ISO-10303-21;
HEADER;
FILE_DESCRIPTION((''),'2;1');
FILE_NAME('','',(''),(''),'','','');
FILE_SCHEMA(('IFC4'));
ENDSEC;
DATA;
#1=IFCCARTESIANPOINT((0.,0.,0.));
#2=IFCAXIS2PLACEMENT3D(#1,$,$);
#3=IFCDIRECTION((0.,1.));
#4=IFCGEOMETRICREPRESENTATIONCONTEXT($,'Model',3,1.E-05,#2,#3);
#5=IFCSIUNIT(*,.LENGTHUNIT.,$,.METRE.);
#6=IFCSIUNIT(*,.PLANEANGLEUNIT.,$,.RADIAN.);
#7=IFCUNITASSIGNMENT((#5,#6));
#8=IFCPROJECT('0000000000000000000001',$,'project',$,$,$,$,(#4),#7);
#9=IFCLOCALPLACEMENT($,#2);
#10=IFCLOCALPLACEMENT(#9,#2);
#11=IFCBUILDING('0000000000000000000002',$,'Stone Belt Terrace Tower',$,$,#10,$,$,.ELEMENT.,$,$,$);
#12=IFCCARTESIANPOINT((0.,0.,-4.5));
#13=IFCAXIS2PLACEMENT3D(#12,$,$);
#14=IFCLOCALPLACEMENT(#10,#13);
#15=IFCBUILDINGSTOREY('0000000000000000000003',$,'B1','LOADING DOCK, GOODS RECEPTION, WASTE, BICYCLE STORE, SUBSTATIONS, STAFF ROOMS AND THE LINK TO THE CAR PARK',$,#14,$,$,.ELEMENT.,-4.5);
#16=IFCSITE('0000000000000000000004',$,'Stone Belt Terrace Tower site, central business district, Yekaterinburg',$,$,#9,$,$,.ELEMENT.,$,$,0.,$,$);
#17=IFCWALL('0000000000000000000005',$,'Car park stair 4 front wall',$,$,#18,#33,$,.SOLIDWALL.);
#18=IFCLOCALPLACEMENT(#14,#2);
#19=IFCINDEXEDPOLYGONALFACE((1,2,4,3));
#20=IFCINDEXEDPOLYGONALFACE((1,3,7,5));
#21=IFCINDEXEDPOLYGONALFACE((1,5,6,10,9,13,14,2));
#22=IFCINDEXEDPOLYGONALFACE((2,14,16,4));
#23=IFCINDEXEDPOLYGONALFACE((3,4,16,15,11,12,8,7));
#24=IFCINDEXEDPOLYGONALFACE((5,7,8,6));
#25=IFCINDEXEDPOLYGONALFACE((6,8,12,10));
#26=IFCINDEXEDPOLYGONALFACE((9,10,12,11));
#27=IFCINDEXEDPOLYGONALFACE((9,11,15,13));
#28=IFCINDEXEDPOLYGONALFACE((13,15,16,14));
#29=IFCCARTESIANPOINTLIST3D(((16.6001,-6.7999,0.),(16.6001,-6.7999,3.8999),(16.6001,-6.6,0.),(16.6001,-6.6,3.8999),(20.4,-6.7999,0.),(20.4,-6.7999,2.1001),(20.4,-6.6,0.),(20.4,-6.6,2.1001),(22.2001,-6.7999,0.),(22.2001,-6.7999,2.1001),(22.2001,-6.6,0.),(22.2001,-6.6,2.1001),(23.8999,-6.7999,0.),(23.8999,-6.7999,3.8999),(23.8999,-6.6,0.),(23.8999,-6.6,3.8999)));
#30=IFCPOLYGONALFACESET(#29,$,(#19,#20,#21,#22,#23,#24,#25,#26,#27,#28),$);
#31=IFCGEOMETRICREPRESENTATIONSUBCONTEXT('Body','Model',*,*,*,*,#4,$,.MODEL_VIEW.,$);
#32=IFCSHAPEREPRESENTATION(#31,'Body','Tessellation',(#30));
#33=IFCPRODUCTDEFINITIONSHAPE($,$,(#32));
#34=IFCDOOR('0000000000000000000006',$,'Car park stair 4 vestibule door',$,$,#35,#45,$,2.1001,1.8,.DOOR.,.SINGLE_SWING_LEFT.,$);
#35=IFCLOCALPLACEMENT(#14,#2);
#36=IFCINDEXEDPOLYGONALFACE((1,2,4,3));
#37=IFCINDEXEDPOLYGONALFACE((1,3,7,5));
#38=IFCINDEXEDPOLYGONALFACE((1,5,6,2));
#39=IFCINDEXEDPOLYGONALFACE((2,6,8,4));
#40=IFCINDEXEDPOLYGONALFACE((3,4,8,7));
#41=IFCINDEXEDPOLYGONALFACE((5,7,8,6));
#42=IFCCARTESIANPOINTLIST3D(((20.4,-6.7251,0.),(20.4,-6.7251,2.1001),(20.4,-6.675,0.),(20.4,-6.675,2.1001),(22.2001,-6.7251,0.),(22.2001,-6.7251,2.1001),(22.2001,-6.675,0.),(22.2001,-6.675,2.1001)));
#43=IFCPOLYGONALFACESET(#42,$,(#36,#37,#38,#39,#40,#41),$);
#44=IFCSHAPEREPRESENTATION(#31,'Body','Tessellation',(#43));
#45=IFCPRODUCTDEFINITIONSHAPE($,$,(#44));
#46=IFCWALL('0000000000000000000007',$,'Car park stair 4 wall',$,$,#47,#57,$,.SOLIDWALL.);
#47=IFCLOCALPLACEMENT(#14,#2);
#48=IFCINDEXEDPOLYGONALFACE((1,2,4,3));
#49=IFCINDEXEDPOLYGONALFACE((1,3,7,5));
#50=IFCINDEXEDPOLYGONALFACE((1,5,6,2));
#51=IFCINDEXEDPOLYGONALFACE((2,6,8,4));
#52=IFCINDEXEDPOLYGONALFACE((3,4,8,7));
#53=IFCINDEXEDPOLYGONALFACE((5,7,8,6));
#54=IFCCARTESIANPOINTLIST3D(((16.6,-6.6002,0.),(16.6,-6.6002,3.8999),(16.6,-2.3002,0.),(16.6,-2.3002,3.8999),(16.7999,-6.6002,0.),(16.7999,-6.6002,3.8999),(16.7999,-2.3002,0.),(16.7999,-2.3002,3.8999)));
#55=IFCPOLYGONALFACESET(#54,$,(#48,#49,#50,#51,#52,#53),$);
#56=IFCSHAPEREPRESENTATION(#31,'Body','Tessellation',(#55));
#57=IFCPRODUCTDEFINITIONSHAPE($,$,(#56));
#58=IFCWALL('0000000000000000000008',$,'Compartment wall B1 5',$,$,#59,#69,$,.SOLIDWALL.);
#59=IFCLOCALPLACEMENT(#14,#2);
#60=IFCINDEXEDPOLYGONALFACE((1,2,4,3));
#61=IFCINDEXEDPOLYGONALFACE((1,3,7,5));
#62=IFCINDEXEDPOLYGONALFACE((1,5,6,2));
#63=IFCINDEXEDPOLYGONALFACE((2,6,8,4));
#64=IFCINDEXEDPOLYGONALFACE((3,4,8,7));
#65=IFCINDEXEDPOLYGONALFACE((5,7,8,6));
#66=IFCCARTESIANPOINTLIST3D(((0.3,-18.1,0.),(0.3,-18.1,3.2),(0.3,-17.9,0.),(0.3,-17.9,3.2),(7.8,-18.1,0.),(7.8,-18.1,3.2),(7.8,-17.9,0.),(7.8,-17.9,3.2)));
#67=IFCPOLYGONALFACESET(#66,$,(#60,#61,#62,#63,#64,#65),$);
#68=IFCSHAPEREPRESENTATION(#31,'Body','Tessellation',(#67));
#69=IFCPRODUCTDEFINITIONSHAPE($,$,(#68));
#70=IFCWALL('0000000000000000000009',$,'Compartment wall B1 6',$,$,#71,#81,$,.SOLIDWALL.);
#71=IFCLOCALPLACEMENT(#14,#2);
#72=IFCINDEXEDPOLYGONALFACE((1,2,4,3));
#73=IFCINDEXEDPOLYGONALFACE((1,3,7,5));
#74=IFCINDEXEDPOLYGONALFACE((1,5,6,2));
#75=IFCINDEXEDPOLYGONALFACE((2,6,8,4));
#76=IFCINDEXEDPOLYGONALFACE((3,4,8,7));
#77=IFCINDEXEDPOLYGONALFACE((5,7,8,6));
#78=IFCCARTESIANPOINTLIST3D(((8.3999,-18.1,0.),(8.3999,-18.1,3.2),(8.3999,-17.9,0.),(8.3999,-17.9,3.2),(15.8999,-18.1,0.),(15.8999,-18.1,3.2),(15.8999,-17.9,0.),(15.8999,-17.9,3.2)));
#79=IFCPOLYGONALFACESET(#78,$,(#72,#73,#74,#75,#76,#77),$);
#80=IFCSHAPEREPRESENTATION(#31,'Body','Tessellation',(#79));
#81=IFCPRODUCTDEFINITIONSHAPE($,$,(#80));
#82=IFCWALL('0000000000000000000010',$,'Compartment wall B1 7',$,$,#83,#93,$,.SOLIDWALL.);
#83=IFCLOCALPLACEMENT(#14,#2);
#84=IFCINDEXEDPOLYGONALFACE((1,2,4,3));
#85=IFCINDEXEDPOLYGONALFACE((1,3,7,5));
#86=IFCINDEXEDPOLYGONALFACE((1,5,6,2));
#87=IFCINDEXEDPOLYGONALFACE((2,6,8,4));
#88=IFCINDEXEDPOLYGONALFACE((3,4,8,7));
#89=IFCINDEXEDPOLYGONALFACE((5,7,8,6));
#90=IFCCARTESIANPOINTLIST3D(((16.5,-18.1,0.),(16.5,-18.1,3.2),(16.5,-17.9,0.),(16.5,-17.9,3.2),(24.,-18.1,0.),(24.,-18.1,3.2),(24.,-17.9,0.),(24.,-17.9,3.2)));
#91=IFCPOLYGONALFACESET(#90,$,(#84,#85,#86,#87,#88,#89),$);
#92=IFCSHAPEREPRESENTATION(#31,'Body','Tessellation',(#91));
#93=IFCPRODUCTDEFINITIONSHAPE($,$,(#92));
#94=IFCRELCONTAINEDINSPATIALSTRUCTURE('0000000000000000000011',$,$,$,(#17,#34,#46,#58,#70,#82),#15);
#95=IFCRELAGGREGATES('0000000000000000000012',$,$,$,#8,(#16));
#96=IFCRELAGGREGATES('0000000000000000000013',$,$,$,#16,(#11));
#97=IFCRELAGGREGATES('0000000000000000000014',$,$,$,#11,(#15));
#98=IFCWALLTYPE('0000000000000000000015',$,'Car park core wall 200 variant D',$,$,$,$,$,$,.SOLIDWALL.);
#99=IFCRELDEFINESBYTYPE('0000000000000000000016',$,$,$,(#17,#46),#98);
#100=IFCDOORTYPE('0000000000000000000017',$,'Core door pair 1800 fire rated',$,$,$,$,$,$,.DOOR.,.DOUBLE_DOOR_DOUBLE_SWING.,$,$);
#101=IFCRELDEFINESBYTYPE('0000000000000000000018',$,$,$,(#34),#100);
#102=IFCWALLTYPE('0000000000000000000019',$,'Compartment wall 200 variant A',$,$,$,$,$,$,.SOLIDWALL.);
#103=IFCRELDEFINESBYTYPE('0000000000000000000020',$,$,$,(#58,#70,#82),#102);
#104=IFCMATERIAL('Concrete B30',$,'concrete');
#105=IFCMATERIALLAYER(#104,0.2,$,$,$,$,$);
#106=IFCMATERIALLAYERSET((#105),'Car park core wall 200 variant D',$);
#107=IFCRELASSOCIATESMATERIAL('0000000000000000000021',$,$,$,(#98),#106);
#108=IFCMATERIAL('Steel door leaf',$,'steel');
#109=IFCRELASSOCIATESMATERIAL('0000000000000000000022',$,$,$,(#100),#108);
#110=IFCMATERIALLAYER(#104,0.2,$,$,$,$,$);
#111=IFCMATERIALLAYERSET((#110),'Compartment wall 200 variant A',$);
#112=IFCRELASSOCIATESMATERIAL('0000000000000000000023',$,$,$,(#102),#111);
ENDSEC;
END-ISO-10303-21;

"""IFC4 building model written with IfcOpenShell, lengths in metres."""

from ifc_helpers import new_model, si_unit, direction, frame, frame_2d, origin, place, context, subcontext, project, spatial, rectangle, extrude, material, layer, layer_set, type_object, element, fill, save


model = new_model("IFC4")

# Units and contexts
model_context = context("Model", 3, precision=1e-05, world=origin(), true_north=direction((0.0, 1.0)))
body_context = subcontext(model_context, "Body", "Model", "MODEL_VIEW")
ifc_project = project(units=[si_unit("LENGTHUNIT", "METRE"), si_unit("PLANEANGLEUNIT", "RADIAN")], contexts=[model_context])

# Site, building, storey
site_placement = place(None, origin())
site = spatial("IfcSite", under=ifc_project, at=site_placement, Name="Stone Belt Terrace Tower site, central business district, Yekaterinburg", CompositionType="ELEMENT", RefElevation=0.0)
building_placement = place(site_placement, origin())
building = spatial("IfcBuilding", under=site, at=building_placement, Name="Stone Belt Terrace Tower", CompositionType="ELEMENT")
storey_placement = place(building_placement, frame((0.0, 0.0, -4.5)))
storey = spatial("IfcBuildingStorey", under=building, at=storey_placement, Name="B1", Description="LOADING DOCK, GOODS RECEPTION, WASTE, BICYCLE STORE, SUBSTATIONS, STAFF ROOMS AND THE LINK TO THE CAR PARK", CompositionType="ELEMENT", Elevation=-4.5)

# Wall, opening, door
ifc_material_1 = material(Name="Concrete B30", Category="concrete")
ifc_layer_1 = layer(ifc_material_1, 0.2)
ifc_layer_set_1 = layer_set([ifc_layer_1], Name="Car park core wall 200 variant D")
wall_type_1 = type_object("IfcWallType", Name="Car park core wall 200 variant D", PredefinedType="SOLIDWALL", material=ifc_layer_set_1)
wall_1_placement = place(storey_placement, frame((16.6001, -6.7, 0.0), z_axis=(0.0, 0.0, 1.0), x_axis=(1.0, 0.0, 0.0)))
wall_1 = element("IfcWall", 1, at=wall_1_placement, inside=storey, type_object=wall_type_1, Name="Car park stair 4 front wall", PredefinedType="SOLIDWALL", context=body_context, shape_type="SweptSolid", body=[
    extrude(rectangle(XDim=7.2998, YDim=0.2, at=frame_2d((3.6499, 0.0))), origin(), (0.0, 0.0, 1.0), 3.8999),
])
opening_placement = place(wall_1_placement, frame((3.8, 0.0, 0.0)))
opening = element("IfcOpeningElement", 2, at=opening_placement, cuts=wall_1, PredefinedType="OPENING", context=body_context, shape_type="SweptSolid", body=[
    extrude(rectangle(XDim=1.8, YDim=2.1001, at=frame_2d((0.8999, 1.05))), frame((0.0, 0.1099, 0.0), z_axis=(0.0, -1.0, 0.0), x_axis=(1.0, 0.0, 0.0)), (0.0, 0.0, 1.0), 0.22),
])
ifc_material_2 = material(Name="Steel door leaf", Category="steel")
door_type = type_object("IfcDoorType", Name="Core door pair 1800 fire rated", OperationType="DOUBLE_DOOR_DOUBLE_SWING", PredefinedType="DOOR", material=ifc_material_2)
door_placement = place(opening_placement, origin())
door = element("IfcDoor", 3, at=door_placement, inside=storey, type_object=door_type, Name="Car park stair 4 vestibule door", OperationType="SINGLE_SWING_LEFT", OverallHeight=2.1001, OverallWidth=1.8, PredefinedType="DOOR", context=body_context, shape_type="SweptSolid", body=[
    extrude(rectangle(XDim=1.8, YDim=2.1001, at=frame_2d((0.8999, 1.05))), frame((0.0, 0.0249, 0.0), z_axis=(0.0, -1.0, 0.0), x_axis=(1.0, 0.0, 0.0)), (0.0, 0.0, 1.0), 0.05),
])
fill(opening, door)

# Walls
wall_2_placement = place(storey_placement, frame((16.7, -6.6001, 0.0), z_axis=(0.0, 0.0, 1.0), x_axis=(0.0, 1.0, 0.0)))
element("IfcWall", 4, at=wall_2_placement, inside=storey, type_object=wall_type_1, Name="Car park stair 4 wall", PredefinedType="SOLIDWALL", context=body_context, shape_type="SweptSolid", body=[
    extrude(rectangle(XDim=4.3, YDim=0.2, at=frame_2d((2.1499, 0.0))), origin(), (0.0, 0.0, 1.0), 3.8999),
])
ifc_layer_2 = layer(ifc_material_1, 0.2)
ifc_layer_set_2 = layer_set([ifc_layer_2], Name="Compartment wall 200 variant A")
wall_type_2 = type_object("IfcWallType", Name="Compartment wall 200 variant A", PredefinedType="SOLIDWALL", material=ifc_layer_set_2)
for number, where, z_axis, x_axis, name in (
    (5, (0.3, -18.0, 0.0), (0.0, 0.0, 1.0), (1.0, 0.0, 0.0), "Compartment wall B1 5"),
    (6, (8.3999, -18.0, 0.0), (0.0, 0.0, 1.0), (1.0, 0.0, 0.0), "Compartment wall B1 6"),
    (7, (16.5, -18.0, 0.0), (0.0, 0.0, 1.0), (1.0, 0.0, 0.0), "Compartment wall B1 7"),
):
    element("IfcWall", number, at=place(storey_placement, frame(where, z_axis=z_axis, x_axis=x_axis)), inside=storey, type_object=wall_type_2, Name=name, PredefinedType="SOLIDWALL", context=body_context, shape_type="SweptSolid", body=[
        extrude(rectangle(XDim=7.5, YDim=0.2, at=frame_2d((3.75, 0.0))), origin(), (0.0, 0.0, 1.0), 3.2),
    ])

save(model, "model.ifc")
